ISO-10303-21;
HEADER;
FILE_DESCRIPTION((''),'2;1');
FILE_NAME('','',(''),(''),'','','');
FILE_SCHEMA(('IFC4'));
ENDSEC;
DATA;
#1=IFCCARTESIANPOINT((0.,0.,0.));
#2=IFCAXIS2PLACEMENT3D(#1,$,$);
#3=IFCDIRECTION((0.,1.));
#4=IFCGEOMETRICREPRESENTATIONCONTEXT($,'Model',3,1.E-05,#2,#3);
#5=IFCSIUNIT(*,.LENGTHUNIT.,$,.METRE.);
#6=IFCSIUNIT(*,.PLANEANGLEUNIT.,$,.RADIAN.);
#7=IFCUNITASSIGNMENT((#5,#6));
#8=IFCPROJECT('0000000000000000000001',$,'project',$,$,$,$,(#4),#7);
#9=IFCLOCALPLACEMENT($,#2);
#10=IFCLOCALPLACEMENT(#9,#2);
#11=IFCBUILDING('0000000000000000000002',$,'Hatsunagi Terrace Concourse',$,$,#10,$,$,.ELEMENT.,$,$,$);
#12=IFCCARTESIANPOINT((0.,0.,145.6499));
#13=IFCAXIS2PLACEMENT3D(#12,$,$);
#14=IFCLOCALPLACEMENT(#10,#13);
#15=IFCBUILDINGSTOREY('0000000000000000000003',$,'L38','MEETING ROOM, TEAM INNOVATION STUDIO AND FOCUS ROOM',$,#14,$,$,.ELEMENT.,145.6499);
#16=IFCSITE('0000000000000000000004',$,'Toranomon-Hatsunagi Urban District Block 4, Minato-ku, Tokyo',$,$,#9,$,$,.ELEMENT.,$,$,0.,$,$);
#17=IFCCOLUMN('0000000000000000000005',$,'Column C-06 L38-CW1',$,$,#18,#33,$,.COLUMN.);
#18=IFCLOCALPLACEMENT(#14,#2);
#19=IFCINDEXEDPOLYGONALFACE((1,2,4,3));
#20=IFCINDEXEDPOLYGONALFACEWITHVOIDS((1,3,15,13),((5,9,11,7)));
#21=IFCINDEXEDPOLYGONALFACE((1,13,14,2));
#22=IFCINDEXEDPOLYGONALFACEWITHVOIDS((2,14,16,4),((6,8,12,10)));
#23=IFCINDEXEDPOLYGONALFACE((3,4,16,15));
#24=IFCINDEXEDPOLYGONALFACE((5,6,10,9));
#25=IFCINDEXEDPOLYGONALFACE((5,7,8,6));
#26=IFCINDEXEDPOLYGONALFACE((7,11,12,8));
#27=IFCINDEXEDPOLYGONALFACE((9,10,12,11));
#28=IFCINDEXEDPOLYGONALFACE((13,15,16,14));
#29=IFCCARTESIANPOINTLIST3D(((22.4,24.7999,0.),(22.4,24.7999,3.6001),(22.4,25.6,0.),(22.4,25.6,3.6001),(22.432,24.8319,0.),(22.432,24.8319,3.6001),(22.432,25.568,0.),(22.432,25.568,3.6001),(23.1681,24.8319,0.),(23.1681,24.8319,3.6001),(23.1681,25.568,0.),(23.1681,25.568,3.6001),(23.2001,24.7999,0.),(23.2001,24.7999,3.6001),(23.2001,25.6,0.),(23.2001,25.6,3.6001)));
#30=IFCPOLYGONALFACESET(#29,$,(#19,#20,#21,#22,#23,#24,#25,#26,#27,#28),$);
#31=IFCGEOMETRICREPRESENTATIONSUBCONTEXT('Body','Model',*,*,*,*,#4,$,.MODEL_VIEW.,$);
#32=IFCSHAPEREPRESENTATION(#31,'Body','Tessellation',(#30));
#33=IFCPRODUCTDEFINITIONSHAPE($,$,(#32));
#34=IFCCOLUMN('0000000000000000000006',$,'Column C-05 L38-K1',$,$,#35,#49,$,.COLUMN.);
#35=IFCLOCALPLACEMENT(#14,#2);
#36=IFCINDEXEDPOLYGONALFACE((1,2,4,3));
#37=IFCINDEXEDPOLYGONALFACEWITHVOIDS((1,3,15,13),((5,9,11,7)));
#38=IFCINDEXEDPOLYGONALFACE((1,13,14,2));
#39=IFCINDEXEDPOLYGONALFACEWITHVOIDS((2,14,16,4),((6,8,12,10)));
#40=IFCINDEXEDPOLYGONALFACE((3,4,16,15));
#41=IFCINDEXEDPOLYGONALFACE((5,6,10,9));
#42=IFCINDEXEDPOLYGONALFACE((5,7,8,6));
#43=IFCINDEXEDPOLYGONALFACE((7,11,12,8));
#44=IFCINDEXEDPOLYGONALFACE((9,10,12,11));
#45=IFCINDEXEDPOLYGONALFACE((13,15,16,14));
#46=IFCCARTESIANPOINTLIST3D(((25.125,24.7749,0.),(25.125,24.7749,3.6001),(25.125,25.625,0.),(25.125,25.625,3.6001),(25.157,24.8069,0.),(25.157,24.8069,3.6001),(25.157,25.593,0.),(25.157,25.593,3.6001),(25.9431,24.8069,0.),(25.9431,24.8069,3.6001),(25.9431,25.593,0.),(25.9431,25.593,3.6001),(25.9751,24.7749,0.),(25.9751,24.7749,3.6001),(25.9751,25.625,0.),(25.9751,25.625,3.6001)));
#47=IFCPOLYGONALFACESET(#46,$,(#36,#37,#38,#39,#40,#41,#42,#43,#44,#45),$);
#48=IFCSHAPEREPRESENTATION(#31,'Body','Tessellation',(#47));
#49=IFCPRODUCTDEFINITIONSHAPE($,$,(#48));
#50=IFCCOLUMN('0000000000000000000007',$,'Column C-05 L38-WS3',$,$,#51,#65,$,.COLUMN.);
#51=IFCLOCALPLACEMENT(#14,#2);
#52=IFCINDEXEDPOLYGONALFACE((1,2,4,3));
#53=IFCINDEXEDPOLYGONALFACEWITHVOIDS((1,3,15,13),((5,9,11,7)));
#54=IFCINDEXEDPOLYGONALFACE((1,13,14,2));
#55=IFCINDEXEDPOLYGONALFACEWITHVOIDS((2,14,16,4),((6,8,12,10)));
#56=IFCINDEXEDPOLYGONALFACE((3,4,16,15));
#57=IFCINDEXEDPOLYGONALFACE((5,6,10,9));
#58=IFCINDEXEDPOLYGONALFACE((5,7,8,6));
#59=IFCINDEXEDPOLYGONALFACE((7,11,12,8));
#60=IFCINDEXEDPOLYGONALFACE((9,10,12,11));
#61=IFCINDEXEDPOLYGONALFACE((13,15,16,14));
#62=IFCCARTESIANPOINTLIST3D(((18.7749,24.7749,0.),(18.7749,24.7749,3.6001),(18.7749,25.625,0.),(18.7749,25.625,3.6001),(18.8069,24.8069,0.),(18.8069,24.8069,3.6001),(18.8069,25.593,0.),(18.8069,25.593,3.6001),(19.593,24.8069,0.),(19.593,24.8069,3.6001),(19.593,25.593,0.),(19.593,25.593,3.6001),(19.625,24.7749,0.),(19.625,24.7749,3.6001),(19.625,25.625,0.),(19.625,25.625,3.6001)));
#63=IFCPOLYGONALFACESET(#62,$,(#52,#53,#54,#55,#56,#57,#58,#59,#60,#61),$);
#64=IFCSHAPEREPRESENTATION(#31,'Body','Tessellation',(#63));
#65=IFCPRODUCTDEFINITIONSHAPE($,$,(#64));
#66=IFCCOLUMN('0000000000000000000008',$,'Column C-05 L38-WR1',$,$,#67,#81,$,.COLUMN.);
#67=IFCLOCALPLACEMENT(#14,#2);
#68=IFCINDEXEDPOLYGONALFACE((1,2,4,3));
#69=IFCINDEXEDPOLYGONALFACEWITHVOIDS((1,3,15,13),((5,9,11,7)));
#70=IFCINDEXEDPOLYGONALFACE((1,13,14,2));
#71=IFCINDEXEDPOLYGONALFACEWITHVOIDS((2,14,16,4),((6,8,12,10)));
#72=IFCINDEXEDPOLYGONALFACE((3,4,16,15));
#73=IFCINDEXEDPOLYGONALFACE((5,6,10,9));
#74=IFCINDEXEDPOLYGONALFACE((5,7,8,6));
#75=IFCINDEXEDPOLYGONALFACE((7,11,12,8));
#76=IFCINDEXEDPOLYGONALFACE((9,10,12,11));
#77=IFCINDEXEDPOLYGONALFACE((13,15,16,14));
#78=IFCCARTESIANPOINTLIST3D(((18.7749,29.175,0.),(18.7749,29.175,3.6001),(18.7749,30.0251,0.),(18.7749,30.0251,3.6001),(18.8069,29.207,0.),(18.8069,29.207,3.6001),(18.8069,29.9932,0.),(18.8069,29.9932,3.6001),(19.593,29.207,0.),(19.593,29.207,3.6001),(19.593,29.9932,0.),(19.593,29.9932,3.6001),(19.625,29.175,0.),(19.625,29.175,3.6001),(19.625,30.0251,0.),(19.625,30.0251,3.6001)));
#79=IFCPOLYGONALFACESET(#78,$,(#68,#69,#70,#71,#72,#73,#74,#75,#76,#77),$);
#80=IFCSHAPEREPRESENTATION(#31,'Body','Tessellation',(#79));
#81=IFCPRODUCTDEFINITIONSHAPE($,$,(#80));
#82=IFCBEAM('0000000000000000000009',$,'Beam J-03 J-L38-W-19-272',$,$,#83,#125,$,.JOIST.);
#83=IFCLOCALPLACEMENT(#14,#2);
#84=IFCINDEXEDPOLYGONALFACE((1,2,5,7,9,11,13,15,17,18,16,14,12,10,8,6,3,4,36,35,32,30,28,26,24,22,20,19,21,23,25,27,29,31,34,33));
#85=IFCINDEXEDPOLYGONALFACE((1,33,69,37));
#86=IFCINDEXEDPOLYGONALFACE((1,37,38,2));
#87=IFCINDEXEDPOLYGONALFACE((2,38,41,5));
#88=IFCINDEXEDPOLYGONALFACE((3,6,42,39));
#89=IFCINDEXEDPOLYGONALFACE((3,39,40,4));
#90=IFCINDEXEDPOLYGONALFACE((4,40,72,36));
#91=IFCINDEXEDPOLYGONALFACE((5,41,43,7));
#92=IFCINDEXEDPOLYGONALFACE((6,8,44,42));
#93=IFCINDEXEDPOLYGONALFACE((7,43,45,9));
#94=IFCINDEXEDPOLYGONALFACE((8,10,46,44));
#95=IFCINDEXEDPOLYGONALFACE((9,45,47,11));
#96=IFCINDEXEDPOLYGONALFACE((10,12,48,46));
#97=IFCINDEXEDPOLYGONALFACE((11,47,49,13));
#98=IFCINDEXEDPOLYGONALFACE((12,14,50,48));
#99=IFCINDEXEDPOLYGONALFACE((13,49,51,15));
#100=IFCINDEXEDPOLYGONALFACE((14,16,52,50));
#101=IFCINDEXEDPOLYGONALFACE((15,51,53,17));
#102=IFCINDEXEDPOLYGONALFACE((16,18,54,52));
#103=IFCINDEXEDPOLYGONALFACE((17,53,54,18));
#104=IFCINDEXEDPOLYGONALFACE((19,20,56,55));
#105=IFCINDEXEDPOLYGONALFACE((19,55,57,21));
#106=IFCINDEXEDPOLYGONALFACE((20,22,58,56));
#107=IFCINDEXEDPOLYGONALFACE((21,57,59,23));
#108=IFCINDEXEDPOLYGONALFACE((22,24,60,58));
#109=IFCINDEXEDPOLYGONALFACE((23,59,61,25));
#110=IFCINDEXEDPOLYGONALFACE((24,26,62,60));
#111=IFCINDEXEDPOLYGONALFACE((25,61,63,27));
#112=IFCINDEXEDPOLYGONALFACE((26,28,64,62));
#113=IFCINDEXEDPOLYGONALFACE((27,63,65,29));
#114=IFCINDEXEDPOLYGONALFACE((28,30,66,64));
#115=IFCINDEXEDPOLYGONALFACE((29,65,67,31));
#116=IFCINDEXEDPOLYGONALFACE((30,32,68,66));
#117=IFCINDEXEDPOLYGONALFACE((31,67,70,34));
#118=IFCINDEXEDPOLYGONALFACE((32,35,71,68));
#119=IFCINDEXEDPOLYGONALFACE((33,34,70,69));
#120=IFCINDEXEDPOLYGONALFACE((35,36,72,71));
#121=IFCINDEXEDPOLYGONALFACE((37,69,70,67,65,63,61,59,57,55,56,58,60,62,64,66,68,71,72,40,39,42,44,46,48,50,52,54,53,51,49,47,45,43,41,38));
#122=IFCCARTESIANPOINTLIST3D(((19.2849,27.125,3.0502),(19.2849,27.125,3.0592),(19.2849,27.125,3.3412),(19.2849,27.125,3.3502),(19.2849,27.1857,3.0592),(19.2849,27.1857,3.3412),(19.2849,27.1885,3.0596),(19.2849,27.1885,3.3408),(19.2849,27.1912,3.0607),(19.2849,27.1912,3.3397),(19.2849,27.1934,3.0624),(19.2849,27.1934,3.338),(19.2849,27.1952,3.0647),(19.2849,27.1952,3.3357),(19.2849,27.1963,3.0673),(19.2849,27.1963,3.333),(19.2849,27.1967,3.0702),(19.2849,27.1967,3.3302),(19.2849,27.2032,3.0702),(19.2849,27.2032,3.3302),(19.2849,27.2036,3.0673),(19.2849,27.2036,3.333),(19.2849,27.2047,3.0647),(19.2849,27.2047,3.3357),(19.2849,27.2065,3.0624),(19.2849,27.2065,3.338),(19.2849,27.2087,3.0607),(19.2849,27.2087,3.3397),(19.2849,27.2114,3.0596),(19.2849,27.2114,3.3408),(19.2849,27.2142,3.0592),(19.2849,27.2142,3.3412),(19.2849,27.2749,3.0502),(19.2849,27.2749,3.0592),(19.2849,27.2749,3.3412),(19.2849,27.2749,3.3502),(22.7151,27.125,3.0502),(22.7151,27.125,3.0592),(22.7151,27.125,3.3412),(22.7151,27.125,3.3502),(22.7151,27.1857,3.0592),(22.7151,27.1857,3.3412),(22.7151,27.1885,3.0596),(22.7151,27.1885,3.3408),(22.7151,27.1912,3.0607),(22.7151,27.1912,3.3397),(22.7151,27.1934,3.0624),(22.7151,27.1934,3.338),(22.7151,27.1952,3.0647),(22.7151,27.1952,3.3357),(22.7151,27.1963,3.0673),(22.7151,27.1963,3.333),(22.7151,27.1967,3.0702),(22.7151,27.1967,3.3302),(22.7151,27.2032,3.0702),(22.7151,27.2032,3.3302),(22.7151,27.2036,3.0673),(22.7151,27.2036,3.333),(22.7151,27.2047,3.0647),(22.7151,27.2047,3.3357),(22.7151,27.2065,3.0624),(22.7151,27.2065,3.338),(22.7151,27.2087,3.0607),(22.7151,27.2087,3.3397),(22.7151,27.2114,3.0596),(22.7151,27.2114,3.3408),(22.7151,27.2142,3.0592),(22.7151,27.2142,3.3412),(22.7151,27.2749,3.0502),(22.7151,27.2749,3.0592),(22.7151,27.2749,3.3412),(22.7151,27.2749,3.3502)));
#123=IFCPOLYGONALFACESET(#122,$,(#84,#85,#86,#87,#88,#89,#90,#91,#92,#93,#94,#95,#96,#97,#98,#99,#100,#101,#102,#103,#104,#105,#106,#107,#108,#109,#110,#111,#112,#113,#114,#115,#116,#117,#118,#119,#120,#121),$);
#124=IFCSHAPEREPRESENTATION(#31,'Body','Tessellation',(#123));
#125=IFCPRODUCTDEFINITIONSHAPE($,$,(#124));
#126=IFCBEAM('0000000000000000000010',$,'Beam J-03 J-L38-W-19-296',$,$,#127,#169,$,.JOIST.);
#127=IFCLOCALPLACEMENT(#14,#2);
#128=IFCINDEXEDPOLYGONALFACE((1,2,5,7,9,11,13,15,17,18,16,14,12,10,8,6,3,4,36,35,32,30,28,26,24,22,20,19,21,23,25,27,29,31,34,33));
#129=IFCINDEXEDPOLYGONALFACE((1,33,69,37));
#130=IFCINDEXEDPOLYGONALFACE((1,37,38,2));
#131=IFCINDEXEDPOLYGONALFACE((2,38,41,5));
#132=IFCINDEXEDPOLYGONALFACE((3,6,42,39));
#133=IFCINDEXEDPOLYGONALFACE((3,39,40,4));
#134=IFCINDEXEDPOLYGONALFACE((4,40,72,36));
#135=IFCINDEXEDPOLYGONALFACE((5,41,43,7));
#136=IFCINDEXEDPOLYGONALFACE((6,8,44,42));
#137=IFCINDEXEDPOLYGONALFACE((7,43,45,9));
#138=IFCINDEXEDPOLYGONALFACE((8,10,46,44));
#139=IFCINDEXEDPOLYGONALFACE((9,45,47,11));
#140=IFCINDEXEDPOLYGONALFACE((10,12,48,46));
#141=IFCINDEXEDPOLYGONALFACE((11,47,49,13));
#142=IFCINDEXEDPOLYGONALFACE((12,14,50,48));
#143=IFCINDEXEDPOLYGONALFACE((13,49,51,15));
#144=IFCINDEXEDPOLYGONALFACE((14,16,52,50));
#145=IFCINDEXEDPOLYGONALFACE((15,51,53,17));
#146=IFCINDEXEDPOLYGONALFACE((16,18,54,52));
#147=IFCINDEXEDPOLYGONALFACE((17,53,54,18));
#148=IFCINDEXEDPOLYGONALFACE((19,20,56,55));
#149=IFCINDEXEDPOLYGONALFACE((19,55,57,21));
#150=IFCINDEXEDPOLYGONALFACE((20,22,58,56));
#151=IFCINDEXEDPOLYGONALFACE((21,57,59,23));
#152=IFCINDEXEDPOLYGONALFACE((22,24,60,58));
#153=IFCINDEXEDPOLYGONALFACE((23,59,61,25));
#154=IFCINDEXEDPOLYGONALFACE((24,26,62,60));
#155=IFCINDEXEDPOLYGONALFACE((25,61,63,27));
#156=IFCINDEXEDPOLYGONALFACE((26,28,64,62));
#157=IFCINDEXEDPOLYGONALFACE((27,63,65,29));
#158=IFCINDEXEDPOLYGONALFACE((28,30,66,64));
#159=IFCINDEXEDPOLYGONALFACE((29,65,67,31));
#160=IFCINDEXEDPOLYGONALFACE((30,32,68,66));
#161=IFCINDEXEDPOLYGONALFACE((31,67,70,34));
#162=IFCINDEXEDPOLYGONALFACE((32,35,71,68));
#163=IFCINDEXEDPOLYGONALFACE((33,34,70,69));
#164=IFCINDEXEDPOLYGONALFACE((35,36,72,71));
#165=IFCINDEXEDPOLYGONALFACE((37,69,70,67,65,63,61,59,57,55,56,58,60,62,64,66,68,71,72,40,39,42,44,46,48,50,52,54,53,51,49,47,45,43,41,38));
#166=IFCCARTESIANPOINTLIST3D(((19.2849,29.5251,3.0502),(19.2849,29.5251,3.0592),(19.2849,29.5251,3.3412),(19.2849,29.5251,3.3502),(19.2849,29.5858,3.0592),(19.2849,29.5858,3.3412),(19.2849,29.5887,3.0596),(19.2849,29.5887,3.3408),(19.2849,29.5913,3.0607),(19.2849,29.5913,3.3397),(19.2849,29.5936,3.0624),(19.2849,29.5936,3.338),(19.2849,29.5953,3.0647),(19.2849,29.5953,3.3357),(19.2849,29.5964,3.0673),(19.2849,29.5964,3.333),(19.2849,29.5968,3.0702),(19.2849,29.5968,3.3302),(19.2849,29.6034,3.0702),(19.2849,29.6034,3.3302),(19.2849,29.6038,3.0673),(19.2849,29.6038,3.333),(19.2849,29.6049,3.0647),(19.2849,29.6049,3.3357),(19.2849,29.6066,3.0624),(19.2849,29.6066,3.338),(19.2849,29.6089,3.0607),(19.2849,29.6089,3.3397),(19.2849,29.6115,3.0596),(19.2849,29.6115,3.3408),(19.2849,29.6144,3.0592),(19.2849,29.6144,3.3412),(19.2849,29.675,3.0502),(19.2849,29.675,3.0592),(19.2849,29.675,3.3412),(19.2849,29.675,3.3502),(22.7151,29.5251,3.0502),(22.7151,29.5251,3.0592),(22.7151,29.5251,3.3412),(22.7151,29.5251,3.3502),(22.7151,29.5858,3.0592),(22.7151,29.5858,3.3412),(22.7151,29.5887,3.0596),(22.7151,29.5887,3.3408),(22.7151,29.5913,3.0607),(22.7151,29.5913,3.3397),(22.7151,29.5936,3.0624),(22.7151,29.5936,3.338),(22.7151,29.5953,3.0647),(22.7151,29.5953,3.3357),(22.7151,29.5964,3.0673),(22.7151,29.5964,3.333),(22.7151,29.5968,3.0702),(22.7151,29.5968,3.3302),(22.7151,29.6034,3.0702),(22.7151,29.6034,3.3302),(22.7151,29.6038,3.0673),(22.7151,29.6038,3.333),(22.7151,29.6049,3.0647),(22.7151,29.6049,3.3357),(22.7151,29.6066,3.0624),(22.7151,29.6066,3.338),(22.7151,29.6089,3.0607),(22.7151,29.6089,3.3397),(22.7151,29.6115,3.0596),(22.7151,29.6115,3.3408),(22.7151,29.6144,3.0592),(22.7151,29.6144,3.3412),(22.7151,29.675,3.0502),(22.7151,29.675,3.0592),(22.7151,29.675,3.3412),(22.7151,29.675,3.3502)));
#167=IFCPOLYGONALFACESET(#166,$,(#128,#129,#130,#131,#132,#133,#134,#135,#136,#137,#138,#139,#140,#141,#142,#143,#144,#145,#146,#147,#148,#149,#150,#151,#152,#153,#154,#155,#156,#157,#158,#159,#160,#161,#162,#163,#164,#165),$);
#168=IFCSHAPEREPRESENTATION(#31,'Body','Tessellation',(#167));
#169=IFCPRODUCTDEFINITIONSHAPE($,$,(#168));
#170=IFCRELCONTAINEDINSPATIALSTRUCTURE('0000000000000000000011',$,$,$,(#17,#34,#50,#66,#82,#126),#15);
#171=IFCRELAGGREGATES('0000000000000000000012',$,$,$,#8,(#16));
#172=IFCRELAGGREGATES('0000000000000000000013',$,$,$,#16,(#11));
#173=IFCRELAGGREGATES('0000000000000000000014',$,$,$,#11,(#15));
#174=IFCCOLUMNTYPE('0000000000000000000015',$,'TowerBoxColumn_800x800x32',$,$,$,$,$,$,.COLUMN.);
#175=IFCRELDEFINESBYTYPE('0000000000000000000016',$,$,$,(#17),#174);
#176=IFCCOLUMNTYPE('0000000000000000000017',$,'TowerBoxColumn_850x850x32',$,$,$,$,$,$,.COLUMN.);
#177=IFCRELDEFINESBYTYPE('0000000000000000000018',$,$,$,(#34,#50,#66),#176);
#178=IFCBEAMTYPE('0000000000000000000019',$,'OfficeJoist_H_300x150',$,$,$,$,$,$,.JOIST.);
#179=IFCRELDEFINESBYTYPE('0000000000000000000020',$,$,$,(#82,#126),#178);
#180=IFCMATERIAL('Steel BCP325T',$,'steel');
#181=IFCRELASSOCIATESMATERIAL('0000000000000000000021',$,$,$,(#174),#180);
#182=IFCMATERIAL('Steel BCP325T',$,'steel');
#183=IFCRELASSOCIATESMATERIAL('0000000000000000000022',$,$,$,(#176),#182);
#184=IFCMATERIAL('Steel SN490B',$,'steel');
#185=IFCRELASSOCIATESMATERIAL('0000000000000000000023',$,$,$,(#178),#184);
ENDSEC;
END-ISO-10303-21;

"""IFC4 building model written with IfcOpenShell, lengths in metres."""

from ifc_helpers import new_model, si_unit, direction, frame, origin, origin_2d, place, context, subcontext, project, spatial, hollow_rectangle, i_section, extrude, material, material_profile, profile_set, type_object, element, save


model = new_model("IFC4")

# Units and contexts
model_context = context("Model", 3, precision=1e-05, world=origin(), true_north=direction((0.0, 1.0)))
body_context = subcontext(model_context, "Body", "Model", "MODEL_VIEW")
ifc_project = project(units=[si_unit("LENGTHUNIT", "METRE"), si_unit("PLANEANGLEUNIT", "RADIAN")], contexts=[model_context])

# Site, building, storey
site_placement = place(None, origin())
site = spatial("IfcSite", under=ifc_project, at=site_placement, Name="Toranomon-Hatsunagi Urban District Block 4, Minato-ku, Tokyo", CompositionType="ELEMENT", RefElevation=0.0)
building_placement = place(site_placement, origin())
building = spatial("IfcBuilding", under=site, at=building_placement, Name="Hatsunagi Terrace Concourse", CompositionType="ELEMENT")
storey_placement = place(building_placement, frame((0.0, 0.0, 145.6499)))
storey = spatial("IfcBuildingStorey", under=building, at=storey_placement, Name="L38", Description="MEETING ROOM, TEAM INNOVATION STUDIO AND FOCUS ROOM", CompositionType="ELEMENT", Elevation=145.6499)

# Columns
ifc_material_1 = material(Name="Steel BCP325T", Category="steel")
ifc_material_profile_1 = material_profile(ifc_material_1, hollow_rectangle(XDim=0.8, YDim=0.8, WallThickness=0.032, at=origin_2d()), Name="BCP-800x800x32")
ifc_profile_set_1 = profile_set([ifc_material_profile_1], Name="Steel BCP325T")
column_type_1 = type_object("IfcColumnType", Name="TowerBoxColumn_800x800x32", PredefinedType="COLUMN", material=ifc_profile_set_1)
column_placement = place(storey_placement, frame((22.8, 25.2, 0.0), z_axis=(0.0, 0.0, 1.0), x_axis=(1.0, 0.0, 0.0)))
element("IfcColumn", 1, at=column_placement, inside=storey, type_object=column_type_1, Name="Column C-06 L38-CW1", PredefinedType="COLUMN", context=body_context, shape_type="SweptSolid", body=[
    extrude(hollow_rectangle(XDim=0.8, YDim=0.8, WallThickness=0.032, at=origin_2d()), origin(), (0.0, 0.0, 1.0), 3.6001),
])
ifc_material_2 = material(Name="Steel BCP325T", Category="steel")
ifc_material_profile_2 = material_profile(ifc_material_2, hollow_rectangle(XDim=0.8501, YDim=0.8501, WallThickness=0.032, at=origin_2d()), Name="BCP-850x850x32")
ifc_profile_set_2 = profile_set([ifc_material_profile_2], Name="Steel BCP325T")
column_type_2 = type_object("IfcColumnType", Name="TowerBoxColumn_850x850x32", PredefinedType="COLUMN", material=ifc_profile_set_2)
for number, where, z_axis, x_axis, name in (
    (2, (25.55, 25.2, 0.0), (0.0, 0.0, 1.0), (1.0, 0.0, 0.0), "Column C-05 L38-K1"),
    (3, (19.2, 25.2, 0.0), (0.0, 0.0, 1.0), (1.0, 0.0, 0.0), "Column C-05 L38-WS3"),
    (4, (19.2, 29.6001, 0.0), (0.0, 0.0, 1.0), (1.0, 0.0, 0.0), "Column C-05 L38-WR1"),
):
    element("IfcColumn", number, at=place(storey_placement, frame(where, z_axis=z_axis, x_axis=x_axis)), inside=storey, type_object=column_type_2, Name=name, PredefinedType="COLUMN", context=body_context, shape_type="SweptSolid", body=[
        extrude(hollow_rectangle(XDim=0.8501, YDim=0.8501, WallThickness=0.032, at=origin_2d()), origin(), (0.0, 0.0, 1.0), 3.6001),
    ])

# Beams
ifc_material_3 = material(Name="Steel SN490B", Category="steel")
ifc_material_profile_3 = material_profile(ifc_material_3, i_section(OverallWidth=0.1499, OverallDepth=0.3, WebThickness=0.0066, FlangeThickness=0.009, FilletRadius=0.011, at=origin_2d()), Name="H-300x150x6.5x9")
ifc_profile_set_3 = profile_set([ifc_material_profile_3], Name="Steel SN490B")
beam_type_1 = type_object("IfcBeamType", Name="OfficeJoist_H_300x150", PredefinedType="JOIST", material=ifc_profile_set_3)
for number, where, z_axis, x_axis, name in (
    (5, (19.2849, 27.2, 3.2002), (1.0, 0.0, 0.0), (0.0, 1.0, 0.0), "Beam J-03 J-L38-W-19-272"),
    (6, (19.2849, 29.6001, 3.2002), (1.0, 0.0, 0.0), (0.0, 1.0, 0.0), "Beam J-03 J-L38-W-19-296"),
):
    element("IfcBeam", number, at=place(storey_placement, frame(where, z_axis=z_axis, x_axis=x_axis)), inside=storey, type_object=beam_type_1, Name=name, PredefinedType="JOIST", context=body_context, shape_type="SweptSolid", body=[
        extrude(i_section(OverallWidth=0.1499, OverallDepth=0.3, WebThickness=0.0066, FlangeThickness=0.009, FilletRadius=0.011, at=origin_2d()), origin(), (0.0, 0.0, 1.0), 3.4302),
    ])

save(model, "model.ifc")
